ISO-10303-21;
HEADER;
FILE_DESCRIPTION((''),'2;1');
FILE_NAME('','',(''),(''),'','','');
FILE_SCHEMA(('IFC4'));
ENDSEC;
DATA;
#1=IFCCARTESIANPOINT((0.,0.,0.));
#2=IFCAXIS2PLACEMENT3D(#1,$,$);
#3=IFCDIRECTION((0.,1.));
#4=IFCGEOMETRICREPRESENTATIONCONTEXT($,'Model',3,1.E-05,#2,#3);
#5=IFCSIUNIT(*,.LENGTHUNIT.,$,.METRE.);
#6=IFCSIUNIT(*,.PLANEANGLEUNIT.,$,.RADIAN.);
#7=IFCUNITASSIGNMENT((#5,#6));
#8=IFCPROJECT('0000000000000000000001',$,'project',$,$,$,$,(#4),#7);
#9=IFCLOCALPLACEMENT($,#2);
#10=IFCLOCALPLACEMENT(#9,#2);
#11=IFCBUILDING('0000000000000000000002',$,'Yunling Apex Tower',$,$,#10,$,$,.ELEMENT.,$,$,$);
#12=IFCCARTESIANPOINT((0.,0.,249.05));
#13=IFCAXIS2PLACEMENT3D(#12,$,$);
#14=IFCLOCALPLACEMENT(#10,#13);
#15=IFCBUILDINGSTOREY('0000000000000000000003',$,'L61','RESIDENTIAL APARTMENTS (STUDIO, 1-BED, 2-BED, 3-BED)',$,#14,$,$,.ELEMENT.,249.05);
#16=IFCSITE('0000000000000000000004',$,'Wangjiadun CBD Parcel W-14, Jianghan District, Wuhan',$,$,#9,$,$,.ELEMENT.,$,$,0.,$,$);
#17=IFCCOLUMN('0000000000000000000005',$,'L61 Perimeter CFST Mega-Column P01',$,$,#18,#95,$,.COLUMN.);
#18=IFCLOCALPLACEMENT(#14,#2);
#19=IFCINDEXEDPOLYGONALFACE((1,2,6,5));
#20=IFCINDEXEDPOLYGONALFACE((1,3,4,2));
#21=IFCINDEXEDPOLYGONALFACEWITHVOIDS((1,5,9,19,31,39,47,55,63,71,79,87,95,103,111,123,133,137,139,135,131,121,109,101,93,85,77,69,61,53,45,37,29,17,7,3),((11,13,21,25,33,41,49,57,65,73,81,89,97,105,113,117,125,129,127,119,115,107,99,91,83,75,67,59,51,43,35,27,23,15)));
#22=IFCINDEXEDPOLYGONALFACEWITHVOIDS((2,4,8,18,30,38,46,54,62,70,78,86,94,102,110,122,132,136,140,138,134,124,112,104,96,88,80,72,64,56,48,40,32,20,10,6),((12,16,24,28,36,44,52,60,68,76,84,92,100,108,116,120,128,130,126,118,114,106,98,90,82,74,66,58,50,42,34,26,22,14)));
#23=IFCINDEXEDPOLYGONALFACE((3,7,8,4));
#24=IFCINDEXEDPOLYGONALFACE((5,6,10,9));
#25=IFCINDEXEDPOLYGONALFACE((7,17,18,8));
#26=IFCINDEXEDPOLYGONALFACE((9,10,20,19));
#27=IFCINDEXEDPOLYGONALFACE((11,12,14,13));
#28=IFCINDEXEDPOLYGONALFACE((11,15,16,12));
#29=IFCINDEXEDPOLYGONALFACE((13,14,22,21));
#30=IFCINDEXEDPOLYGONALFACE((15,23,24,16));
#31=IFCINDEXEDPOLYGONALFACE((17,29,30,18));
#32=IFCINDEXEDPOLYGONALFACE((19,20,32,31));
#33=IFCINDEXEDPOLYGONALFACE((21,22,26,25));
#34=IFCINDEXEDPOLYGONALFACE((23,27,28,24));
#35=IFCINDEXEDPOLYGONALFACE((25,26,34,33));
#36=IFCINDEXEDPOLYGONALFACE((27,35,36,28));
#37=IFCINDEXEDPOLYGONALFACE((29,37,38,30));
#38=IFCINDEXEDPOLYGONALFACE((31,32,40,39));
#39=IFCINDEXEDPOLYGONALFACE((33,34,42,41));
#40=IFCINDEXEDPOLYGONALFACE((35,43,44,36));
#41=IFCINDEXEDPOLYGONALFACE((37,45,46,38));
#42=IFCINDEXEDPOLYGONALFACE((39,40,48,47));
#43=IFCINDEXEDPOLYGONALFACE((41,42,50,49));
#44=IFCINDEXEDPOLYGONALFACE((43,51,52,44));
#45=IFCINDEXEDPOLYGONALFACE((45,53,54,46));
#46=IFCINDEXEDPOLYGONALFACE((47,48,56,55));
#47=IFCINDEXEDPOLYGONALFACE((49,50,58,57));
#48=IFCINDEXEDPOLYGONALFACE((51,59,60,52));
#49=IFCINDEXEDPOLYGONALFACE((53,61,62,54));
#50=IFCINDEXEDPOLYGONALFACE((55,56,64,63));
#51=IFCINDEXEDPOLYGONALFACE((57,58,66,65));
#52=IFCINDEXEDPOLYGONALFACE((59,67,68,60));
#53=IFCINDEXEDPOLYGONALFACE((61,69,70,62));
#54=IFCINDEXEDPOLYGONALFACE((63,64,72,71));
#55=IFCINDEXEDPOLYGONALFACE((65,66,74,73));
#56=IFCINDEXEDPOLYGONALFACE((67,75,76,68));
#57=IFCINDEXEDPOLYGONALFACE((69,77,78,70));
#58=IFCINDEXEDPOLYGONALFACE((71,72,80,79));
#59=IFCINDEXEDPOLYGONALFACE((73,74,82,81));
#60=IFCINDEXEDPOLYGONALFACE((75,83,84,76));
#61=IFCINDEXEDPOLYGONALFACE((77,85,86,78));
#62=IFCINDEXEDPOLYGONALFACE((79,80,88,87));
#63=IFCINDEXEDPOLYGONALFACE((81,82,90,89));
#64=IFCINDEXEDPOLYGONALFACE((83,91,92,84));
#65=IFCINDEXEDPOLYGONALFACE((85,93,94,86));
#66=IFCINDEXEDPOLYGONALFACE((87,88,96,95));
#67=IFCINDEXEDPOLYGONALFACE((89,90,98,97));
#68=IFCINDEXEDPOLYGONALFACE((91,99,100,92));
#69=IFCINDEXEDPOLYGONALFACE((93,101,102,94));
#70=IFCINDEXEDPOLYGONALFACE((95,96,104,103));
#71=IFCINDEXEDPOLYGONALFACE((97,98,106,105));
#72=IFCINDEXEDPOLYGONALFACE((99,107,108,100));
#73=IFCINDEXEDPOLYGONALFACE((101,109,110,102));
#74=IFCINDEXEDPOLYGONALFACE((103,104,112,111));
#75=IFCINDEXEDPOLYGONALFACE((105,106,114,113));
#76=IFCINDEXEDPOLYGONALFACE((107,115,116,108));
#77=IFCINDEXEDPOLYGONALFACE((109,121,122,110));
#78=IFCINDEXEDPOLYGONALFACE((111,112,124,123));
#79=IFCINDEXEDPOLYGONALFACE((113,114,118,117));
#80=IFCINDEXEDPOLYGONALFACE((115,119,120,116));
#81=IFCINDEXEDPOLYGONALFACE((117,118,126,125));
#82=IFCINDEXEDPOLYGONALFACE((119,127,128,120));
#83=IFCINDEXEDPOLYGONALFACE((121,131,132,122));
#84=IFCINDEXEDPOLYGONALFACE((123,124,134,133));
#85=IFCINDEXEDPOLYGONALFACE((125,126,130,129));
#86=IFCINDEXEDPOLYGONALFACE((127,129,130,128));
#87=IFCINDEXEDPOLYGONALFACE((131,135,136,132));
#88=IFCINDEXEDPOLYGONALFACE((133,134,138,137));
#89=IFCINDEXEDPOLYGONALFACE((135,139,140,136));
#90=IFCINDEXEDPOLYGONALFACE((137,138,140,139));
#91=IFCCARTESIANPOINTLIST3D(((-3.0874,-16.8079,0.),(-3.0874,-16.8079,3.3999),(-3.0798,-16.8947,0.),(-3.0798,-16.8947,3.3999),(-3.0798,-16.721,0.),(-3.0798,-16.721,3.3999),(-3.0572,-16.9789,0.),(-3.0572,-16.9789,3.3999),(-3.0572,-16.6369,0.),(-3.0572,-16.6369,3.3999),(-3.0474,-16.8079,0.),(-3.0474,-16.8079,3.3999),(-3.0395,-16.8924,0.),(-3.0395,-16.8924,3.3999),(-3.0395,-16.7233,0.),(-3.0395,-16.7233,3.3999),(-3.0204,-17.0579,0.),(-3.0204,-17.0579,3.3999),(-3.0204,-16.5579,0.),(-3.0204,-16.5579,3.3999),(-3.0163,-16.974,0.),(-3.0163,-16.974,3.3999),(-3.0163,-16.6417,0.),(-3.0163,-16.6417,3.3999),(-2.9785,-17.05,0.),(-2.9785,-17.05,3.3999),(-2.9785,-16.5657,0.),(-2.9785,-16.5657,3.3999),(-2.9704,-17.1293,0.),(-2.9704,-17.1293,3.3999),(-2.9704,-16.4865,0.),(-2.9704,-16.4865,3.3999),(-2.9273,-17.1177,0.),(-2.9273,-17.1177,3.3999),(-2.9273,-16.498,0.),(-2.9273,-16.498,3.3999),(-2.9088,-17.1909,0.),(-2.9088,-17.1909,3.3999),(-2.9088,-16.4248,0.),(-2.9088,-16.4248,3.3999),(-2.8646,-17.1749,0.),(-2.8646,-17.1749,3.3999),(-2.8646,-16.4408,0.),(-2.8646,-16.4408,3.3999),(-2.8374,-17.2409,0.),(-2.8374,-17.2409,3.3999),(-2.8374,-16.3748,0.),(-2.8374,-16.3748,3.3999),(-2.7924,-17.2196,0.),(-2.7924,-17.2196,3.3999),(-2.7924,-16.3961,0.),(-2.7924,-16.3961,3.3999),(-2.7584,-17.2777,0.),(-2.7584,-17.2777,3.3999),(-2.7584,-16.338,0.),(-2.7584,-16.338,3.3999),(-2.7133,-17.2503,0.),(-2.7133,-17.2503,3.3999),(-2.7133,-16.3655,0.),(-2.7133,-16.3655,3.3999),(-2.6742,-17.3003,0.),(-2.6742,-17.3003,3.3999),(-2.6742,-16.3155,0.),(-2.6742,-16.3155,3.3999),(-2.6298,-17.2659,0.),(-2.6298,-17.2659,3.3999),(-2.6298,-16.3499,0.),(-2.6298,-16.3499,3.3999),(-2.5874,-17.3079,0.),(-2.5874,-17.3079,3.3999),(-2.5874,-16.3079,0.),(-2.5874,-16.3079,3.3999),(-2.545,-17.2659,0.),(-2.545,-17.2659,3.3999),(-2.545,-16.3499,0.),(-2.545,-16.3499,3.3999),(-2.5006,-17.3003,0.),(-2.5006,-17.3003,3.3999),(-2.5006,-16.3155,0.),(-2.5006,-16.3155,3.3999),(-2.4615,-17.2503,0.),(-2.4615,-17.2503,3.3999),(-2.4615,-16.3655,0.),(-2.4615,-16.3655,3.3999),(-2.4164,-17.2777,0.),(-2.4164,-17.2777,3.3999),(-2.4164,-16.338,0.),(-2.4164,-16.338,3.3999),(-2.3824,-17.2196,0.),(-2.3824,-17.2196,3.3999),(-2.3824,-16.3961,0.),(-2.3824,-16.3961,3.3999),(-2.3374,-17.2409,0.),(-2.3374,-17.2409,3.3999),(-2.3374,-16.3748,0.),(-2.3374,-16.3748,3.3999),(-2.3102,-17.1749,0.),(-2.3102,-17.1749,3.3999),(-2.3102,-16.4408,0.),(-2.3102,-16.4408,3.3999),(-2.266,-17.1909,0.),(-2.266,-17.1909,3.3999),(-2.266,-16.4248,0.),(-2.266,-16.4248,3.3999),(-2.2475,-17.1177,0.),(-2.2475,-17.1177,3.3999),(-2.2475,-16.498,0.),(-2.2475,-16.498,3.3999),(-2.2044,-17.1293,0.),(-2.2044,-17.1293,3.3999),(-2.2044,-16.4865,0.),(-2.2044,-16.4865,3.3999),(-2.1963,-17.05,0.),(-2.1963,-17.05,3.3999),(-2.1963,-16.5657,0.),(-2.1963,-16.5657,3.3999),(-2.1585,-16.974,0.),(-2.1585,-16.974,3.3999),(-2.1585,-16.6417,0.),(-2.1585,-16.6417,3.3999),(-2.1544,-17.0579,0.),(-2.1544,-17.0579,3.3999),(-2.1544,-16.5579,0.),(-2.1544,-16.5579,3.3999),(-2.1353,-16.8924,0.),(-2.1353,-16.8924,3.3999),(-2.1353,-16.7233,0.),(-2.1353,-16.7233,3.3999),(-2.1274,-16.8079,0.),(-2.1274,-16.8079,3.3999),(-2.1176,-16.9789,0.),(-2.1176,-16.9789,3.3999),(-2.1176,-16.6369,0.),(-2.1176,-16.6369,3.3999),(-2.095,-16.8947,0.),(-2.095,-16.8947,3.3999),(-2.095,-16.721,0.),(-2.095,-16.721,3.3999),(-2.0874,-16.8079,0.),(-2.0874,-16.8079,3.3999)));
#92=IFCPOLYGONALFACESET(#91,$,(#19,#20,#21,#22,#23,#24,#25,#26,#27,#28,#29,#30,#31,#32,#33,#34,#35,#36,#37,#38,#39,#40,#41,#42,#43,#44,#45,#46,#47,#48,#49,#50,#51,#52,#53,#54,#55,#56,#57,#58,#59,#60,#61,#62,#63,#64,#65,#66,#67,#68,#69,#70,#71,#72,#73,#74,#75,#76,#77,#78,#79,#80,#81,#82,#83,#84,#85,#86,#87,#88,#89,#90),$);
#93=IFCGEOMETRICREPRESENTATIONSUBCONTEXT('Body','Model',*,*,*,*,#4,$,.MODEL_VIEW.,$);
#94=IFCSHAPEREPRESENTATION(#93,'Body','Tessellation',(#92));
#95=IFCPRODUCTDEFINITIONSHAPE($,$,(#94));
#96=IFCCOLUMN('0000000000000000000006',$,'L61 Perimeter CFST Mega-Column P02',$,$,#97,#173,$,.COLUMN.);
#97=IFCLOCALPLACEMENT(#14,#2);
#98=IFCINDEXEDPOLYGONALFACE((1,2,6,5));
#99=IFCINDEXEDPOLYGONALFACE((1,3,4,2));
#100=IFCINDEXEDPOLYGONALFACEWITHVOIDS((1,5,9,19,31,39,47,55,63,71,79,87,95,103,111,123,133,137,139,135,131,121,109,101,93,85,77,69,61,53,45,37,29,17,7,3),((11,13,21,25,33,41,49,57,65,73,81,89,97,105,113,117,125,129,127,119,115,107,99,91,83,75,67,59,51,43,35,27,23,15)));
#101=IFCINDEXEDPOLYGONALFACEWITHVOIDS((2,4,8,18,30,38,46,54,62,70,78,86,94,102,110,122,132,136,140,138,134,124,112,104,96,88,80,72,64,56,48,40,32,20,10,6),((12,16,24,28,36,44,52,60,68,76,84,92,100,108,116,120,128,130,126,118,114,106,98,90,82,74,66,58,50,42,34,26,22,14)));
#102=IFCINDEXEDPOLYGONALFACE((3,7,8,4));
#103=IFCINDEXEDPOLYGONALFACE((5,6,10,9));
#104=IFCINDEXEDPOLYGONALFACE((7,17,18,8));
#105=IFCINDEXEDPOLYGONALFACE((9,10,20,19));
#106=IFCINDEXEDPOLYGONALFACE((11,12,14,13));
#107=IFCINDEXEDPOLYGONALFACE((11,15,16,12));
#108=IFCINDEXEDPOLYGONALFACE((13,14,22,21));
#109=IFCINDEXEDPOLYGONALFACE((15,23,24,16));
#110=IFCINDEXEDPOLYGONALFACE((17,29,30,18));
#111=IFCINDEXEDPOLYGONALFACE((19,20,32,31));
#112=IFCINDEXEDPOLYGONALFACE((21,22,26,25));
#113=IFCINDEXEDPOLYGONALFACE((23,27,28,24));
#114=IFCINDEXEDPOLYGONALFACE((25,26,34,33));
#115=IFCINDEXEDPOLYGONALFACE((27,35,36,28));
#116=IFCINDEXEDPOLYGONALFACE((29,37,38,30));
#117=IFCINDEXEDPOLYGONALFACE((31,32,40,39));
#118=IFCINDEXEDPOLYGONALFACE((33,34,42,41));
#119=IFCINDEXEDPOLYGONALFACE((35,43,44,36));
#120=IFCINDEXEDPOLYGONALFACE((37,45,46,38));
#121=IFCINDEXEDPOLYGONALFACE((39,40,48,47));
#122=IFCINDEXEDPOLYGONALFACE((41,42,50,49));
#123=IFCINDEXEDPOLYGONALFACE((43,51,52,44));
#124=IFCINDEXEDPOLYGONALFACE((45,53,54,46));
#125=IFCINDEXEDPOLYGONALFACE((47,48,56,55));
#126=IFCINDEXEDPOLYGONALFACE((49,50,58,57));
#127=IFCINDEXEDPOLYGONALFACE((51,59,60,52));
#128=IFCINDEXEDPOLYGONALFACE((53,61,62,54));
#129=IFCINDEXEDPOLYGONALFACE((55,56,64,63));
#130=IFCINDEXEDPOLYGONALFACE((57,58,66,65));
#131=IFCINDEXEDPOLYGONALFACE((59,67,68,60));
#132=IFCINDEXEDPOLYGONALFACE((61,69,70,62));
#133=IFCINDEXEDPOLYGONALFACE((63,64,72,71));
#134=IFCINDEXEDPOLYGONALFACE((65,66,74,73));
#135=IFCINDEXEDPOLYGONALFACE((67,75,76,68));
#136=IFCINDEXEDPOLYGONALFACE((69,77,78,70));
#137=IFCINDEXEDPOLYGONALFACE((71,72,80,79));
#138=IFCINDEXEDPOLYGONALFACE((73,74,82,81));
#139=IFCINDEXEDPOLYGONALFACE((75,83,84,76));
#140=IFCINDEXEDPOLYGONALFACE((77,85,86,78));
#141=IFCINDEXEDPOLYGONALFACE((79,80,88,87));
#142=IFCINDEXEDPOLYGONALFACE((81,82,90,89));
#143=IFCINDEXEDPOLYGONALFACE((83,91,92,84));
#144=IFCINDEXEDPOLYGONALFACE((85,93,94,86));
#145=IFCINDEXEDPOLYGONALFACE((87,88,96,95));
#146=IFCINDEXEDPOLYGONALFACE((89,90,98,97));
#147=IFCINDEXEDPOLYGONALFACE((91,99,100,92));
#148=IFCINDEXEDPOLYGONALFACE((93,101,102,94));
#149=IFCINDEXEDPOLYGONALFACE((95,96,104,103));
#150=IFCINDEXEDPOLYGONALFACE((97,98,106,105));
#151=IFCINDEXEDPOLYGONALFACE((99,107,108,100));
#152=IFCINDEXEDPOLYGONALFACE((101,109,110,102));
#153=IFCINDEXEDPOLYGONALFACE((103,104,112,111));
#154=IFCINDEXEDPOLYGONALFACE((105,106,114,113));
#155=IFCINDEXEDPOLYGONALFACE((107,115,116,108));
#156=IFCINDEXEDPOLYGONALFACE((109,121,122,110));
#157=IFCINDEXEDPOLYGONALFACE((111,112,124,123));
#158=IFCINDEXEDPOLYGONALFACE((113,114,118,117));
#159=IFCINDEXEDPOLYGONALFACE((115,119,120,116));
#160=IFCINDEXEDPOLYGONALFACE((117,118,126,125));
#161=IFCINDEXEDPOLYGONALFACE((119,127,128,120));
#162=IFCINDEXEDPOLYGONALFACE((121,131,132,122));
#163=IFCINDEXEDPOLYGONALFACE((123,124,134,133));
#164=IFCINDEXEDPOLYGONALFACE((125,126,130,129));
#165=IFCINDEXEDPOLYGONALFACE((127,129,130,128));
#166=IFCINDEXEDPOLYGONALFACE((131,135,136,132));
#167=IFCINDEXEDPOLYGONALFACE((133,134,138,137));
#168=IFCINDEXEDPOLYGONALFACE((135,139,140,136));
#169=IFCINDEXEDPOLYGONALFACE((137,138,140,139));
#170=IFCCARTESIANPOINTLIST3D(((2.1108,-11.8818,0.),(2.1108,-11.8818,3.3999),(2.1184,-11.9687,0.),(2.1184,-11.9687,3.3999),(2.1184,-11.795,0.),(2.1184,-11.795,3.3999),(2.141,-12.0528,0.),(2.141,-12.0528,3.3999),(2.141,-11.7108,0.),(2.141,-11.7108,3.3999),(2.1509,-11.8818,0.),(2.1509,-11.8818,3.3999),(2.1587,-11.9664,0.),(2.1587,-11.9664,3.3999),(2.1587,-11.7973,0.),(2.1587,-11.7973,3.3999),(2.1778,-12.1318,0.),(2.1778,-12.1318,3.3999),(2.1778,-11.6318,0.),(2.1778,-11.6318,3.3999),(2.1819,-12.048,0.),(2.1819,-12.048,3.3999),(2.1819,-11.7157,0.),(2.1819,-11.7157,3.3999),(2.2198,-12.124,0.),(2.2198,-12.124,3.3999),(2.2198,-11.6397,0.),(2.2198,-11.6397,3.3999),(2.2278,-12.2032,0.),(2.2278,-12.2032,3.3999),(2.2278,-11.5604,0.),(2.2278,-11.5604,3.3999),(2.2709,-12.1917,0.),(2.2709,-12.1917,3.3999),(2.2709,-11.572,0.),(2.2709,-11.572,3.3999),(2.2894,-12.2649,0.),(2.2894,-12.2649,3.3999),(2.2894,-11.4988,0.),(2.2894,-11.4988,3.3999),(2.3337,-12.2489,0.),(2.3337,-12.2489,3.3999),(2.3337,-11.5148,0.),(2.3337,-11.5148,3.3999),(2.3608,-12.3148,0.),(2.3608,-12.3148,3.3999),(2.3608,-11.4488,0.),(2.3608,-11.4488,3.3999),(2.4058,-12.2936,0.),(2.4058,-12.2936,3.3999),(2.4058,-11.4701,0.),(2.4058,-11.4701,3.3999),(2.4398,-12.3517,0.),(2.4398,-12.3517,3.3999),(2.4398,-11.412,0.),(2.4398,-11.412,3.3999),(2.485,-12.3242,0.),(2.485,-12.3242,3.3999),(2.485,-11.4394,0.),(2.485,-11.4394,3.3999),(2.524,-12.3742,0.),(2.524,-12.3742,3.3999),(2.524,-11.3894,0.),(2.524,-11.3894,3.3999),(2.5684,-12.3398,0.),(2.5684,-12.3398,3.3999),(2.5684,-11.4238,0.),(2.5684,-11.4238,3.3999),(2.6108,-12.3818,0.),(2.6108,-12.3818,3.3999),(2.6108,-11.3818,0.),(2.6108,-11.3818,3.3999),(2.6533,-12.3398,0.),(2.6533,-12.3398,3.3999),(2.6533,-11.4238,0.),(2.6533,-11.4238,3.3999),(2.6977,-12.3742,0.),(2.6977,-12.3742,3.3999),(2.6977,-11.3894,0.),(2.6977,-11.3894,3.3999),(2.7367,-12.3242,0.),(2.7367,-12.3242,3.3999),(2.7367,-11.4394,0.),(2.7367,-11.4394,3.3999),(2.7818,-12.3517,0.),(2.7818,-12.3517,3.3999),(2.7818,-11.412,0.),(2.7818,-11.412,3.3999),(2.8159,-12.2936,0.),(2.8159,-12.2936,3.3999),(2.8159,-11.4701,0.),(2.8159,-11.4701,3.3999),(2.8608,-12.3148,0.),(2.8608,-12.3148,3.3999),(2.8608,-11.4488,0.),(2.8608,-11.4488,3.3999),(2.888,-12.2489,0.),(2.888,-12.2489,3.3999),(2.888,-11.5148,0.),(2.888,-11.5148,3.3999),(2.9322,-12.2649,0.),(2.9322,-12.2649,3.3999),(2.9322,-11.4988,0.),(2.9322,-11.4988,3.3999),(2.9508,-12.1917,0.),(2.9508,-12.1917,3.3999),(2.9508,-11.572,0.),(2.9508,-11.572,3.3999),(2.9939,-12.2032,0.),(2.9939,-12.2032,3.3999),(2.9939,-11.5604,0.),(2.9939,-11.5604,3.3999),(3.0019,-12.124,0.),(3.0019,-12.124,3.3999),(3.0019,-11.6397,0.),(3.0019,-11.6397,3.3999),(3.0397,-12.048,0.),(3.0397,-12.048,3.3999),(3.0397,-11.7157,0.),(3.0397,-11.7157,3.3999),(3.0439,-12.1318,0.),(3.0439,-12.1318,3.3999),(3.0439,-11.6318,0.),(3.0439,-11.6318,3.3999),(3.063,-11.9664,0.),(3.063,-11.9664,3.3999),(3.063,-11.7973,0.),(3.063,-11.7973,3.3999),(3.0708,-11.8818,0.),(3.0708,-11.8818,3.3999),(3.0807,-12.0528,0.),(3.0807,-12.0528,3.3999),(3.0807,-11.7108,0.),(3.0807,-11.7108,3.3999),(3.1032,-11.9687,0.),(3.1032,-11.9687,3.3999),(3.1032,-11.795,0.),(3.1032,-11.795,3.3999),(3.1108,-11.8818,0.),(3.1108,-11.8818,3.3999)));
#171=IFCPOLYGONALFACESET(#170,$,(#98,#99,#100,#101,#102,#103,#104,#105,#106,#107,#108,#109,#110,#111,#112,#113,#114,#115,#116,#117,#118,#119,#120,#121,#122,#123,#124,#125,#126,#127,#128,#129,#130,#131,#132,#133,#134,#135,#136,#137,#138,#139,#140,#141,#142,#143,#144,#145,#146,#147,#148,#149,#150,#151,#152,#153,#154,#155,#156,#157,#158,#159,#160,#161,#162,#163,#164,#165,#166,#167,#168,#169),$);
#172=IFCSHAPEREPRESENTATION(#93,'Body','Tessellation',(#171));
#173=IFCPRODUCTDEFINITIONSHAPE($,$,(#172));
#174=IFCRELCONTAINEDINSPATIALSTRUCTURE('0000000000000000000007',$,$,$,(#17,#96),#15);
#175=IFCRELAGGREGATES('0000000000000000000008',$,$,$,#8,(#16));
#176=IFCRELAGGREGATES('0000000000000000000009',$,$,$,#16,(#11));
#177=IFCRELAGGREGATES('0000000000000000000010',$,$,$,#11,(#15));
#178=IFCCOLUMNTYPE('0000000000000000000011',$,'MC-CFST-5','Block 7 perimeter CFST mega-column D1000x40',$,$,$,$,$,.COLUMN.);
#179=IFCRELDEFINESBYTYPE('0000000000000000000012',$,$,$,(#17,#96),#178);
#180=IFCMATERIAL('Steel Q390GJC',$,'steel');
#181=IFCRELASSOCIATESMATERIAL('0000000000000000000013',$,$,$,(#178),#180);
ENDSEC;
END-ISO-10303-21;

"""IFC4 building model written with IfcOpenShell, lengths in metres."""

from ifc_helpers import new_model, si_unit, direction, frame, origin, origin_2d, place, context, subcontext, project, spatial, hollow_circle, extrude, source, transform, mapped, material, material_profile, profile_set, type_object, element, save


model = new_model("IFC4")

# Units and contexts
model_context = context("Model", 3, precision=1e-05, world=origin(), true_north=direction((0.0, 1.0)))
body_context = subcontext(model_context, "Body", "Model", "MODEL_VIEW")
ifc_project = project(units=[si_unit("LENGTHUNIT", "METRE"), si_unit("PLANEANGLEUNIT", "RADIAN")], contexts=[model_context])

# Site, building, storey
site_placement = place(None, origin())
site = spatial("IfcSite", under=ifc_project, at=site_placement, Name="Wangjiadun CBD Parcel W-14, Jianghan District, Wuhan", CompositionType="ELEMENT", RefElevation=0.0)
building_placement = place(site_placement, origin())
building = spatial("IfcBuilding", under=site, at=building_placement, Name="Yunling Apex Tower", CompositionType="ELEMENT")
storey_placement = place(building_placement, frame((0.0, 0.0, 249.05)))
storey = spatial("IfcBuildingStorey", under=building, at=storey_placement, Name="L61", Description="RESIDENTIAL APARTMENTS (STUDIO, 1-BED, 2-BED, 3-BED)", CompositionType="ELEMENT", Elevation=249.05)

# Columns
ifc_material_1 = material(Name="Steel Q390GJC", Category="steel")
ifc_material_profile_1 = material_profile(ifc_material_1, hollow_circle(Radius=0.5, WallThickness=0.04, at=origin_2d()))
ifc_profile_set_1 = profile_set([ifc_material_profile_1], Name="Steel Q390GJC")
column_type = type_object("IfcColumnType", Name="MC-CFST-5", Description="Block 7 perimeter CFST mega-column D1000x40", PredefinedType="COLUMN", material=ifc_profile_set_1)
shared_shape_1 = source(origin(), body_context, "Body", "SweptSolid", [
    extrude(hollow_circle(Radius=0.5, WallThickness=0.04, at=origin_2d()), origin(), (0.0, 0.0, 1.0), 3.3999),
])
for number, where, z_axis, x_axis, name in (
    (1, (-2.5874, -16.8079, 0.0), (0.0, 0.0, 1.0), (1.0, 0.0, 0.0), "L61 Perimeter CFST Mega-Column P01"),
    (2, (2.6108, -11.8818, 0.0), (0.0, 0.0, 1.0), (1.0, 0.0, 0.0), "L61 Perimeter CFST Mega-Column P02"),
):
    element("IfcColumn", number, at=place(storey_placement, frame(where, z_axis=z_axis, x_axis=x_axis)), inside=storey, type_object=column_type, Name=name, PredefinedType="COLUMN", context=body_context, shape_type="MappedRepresentation", body=[
        mapped(shared_shape_1, transform((0.0, 0.0, 0.0), scale=1.0)),
    ])

save(model, "model.ifc")
